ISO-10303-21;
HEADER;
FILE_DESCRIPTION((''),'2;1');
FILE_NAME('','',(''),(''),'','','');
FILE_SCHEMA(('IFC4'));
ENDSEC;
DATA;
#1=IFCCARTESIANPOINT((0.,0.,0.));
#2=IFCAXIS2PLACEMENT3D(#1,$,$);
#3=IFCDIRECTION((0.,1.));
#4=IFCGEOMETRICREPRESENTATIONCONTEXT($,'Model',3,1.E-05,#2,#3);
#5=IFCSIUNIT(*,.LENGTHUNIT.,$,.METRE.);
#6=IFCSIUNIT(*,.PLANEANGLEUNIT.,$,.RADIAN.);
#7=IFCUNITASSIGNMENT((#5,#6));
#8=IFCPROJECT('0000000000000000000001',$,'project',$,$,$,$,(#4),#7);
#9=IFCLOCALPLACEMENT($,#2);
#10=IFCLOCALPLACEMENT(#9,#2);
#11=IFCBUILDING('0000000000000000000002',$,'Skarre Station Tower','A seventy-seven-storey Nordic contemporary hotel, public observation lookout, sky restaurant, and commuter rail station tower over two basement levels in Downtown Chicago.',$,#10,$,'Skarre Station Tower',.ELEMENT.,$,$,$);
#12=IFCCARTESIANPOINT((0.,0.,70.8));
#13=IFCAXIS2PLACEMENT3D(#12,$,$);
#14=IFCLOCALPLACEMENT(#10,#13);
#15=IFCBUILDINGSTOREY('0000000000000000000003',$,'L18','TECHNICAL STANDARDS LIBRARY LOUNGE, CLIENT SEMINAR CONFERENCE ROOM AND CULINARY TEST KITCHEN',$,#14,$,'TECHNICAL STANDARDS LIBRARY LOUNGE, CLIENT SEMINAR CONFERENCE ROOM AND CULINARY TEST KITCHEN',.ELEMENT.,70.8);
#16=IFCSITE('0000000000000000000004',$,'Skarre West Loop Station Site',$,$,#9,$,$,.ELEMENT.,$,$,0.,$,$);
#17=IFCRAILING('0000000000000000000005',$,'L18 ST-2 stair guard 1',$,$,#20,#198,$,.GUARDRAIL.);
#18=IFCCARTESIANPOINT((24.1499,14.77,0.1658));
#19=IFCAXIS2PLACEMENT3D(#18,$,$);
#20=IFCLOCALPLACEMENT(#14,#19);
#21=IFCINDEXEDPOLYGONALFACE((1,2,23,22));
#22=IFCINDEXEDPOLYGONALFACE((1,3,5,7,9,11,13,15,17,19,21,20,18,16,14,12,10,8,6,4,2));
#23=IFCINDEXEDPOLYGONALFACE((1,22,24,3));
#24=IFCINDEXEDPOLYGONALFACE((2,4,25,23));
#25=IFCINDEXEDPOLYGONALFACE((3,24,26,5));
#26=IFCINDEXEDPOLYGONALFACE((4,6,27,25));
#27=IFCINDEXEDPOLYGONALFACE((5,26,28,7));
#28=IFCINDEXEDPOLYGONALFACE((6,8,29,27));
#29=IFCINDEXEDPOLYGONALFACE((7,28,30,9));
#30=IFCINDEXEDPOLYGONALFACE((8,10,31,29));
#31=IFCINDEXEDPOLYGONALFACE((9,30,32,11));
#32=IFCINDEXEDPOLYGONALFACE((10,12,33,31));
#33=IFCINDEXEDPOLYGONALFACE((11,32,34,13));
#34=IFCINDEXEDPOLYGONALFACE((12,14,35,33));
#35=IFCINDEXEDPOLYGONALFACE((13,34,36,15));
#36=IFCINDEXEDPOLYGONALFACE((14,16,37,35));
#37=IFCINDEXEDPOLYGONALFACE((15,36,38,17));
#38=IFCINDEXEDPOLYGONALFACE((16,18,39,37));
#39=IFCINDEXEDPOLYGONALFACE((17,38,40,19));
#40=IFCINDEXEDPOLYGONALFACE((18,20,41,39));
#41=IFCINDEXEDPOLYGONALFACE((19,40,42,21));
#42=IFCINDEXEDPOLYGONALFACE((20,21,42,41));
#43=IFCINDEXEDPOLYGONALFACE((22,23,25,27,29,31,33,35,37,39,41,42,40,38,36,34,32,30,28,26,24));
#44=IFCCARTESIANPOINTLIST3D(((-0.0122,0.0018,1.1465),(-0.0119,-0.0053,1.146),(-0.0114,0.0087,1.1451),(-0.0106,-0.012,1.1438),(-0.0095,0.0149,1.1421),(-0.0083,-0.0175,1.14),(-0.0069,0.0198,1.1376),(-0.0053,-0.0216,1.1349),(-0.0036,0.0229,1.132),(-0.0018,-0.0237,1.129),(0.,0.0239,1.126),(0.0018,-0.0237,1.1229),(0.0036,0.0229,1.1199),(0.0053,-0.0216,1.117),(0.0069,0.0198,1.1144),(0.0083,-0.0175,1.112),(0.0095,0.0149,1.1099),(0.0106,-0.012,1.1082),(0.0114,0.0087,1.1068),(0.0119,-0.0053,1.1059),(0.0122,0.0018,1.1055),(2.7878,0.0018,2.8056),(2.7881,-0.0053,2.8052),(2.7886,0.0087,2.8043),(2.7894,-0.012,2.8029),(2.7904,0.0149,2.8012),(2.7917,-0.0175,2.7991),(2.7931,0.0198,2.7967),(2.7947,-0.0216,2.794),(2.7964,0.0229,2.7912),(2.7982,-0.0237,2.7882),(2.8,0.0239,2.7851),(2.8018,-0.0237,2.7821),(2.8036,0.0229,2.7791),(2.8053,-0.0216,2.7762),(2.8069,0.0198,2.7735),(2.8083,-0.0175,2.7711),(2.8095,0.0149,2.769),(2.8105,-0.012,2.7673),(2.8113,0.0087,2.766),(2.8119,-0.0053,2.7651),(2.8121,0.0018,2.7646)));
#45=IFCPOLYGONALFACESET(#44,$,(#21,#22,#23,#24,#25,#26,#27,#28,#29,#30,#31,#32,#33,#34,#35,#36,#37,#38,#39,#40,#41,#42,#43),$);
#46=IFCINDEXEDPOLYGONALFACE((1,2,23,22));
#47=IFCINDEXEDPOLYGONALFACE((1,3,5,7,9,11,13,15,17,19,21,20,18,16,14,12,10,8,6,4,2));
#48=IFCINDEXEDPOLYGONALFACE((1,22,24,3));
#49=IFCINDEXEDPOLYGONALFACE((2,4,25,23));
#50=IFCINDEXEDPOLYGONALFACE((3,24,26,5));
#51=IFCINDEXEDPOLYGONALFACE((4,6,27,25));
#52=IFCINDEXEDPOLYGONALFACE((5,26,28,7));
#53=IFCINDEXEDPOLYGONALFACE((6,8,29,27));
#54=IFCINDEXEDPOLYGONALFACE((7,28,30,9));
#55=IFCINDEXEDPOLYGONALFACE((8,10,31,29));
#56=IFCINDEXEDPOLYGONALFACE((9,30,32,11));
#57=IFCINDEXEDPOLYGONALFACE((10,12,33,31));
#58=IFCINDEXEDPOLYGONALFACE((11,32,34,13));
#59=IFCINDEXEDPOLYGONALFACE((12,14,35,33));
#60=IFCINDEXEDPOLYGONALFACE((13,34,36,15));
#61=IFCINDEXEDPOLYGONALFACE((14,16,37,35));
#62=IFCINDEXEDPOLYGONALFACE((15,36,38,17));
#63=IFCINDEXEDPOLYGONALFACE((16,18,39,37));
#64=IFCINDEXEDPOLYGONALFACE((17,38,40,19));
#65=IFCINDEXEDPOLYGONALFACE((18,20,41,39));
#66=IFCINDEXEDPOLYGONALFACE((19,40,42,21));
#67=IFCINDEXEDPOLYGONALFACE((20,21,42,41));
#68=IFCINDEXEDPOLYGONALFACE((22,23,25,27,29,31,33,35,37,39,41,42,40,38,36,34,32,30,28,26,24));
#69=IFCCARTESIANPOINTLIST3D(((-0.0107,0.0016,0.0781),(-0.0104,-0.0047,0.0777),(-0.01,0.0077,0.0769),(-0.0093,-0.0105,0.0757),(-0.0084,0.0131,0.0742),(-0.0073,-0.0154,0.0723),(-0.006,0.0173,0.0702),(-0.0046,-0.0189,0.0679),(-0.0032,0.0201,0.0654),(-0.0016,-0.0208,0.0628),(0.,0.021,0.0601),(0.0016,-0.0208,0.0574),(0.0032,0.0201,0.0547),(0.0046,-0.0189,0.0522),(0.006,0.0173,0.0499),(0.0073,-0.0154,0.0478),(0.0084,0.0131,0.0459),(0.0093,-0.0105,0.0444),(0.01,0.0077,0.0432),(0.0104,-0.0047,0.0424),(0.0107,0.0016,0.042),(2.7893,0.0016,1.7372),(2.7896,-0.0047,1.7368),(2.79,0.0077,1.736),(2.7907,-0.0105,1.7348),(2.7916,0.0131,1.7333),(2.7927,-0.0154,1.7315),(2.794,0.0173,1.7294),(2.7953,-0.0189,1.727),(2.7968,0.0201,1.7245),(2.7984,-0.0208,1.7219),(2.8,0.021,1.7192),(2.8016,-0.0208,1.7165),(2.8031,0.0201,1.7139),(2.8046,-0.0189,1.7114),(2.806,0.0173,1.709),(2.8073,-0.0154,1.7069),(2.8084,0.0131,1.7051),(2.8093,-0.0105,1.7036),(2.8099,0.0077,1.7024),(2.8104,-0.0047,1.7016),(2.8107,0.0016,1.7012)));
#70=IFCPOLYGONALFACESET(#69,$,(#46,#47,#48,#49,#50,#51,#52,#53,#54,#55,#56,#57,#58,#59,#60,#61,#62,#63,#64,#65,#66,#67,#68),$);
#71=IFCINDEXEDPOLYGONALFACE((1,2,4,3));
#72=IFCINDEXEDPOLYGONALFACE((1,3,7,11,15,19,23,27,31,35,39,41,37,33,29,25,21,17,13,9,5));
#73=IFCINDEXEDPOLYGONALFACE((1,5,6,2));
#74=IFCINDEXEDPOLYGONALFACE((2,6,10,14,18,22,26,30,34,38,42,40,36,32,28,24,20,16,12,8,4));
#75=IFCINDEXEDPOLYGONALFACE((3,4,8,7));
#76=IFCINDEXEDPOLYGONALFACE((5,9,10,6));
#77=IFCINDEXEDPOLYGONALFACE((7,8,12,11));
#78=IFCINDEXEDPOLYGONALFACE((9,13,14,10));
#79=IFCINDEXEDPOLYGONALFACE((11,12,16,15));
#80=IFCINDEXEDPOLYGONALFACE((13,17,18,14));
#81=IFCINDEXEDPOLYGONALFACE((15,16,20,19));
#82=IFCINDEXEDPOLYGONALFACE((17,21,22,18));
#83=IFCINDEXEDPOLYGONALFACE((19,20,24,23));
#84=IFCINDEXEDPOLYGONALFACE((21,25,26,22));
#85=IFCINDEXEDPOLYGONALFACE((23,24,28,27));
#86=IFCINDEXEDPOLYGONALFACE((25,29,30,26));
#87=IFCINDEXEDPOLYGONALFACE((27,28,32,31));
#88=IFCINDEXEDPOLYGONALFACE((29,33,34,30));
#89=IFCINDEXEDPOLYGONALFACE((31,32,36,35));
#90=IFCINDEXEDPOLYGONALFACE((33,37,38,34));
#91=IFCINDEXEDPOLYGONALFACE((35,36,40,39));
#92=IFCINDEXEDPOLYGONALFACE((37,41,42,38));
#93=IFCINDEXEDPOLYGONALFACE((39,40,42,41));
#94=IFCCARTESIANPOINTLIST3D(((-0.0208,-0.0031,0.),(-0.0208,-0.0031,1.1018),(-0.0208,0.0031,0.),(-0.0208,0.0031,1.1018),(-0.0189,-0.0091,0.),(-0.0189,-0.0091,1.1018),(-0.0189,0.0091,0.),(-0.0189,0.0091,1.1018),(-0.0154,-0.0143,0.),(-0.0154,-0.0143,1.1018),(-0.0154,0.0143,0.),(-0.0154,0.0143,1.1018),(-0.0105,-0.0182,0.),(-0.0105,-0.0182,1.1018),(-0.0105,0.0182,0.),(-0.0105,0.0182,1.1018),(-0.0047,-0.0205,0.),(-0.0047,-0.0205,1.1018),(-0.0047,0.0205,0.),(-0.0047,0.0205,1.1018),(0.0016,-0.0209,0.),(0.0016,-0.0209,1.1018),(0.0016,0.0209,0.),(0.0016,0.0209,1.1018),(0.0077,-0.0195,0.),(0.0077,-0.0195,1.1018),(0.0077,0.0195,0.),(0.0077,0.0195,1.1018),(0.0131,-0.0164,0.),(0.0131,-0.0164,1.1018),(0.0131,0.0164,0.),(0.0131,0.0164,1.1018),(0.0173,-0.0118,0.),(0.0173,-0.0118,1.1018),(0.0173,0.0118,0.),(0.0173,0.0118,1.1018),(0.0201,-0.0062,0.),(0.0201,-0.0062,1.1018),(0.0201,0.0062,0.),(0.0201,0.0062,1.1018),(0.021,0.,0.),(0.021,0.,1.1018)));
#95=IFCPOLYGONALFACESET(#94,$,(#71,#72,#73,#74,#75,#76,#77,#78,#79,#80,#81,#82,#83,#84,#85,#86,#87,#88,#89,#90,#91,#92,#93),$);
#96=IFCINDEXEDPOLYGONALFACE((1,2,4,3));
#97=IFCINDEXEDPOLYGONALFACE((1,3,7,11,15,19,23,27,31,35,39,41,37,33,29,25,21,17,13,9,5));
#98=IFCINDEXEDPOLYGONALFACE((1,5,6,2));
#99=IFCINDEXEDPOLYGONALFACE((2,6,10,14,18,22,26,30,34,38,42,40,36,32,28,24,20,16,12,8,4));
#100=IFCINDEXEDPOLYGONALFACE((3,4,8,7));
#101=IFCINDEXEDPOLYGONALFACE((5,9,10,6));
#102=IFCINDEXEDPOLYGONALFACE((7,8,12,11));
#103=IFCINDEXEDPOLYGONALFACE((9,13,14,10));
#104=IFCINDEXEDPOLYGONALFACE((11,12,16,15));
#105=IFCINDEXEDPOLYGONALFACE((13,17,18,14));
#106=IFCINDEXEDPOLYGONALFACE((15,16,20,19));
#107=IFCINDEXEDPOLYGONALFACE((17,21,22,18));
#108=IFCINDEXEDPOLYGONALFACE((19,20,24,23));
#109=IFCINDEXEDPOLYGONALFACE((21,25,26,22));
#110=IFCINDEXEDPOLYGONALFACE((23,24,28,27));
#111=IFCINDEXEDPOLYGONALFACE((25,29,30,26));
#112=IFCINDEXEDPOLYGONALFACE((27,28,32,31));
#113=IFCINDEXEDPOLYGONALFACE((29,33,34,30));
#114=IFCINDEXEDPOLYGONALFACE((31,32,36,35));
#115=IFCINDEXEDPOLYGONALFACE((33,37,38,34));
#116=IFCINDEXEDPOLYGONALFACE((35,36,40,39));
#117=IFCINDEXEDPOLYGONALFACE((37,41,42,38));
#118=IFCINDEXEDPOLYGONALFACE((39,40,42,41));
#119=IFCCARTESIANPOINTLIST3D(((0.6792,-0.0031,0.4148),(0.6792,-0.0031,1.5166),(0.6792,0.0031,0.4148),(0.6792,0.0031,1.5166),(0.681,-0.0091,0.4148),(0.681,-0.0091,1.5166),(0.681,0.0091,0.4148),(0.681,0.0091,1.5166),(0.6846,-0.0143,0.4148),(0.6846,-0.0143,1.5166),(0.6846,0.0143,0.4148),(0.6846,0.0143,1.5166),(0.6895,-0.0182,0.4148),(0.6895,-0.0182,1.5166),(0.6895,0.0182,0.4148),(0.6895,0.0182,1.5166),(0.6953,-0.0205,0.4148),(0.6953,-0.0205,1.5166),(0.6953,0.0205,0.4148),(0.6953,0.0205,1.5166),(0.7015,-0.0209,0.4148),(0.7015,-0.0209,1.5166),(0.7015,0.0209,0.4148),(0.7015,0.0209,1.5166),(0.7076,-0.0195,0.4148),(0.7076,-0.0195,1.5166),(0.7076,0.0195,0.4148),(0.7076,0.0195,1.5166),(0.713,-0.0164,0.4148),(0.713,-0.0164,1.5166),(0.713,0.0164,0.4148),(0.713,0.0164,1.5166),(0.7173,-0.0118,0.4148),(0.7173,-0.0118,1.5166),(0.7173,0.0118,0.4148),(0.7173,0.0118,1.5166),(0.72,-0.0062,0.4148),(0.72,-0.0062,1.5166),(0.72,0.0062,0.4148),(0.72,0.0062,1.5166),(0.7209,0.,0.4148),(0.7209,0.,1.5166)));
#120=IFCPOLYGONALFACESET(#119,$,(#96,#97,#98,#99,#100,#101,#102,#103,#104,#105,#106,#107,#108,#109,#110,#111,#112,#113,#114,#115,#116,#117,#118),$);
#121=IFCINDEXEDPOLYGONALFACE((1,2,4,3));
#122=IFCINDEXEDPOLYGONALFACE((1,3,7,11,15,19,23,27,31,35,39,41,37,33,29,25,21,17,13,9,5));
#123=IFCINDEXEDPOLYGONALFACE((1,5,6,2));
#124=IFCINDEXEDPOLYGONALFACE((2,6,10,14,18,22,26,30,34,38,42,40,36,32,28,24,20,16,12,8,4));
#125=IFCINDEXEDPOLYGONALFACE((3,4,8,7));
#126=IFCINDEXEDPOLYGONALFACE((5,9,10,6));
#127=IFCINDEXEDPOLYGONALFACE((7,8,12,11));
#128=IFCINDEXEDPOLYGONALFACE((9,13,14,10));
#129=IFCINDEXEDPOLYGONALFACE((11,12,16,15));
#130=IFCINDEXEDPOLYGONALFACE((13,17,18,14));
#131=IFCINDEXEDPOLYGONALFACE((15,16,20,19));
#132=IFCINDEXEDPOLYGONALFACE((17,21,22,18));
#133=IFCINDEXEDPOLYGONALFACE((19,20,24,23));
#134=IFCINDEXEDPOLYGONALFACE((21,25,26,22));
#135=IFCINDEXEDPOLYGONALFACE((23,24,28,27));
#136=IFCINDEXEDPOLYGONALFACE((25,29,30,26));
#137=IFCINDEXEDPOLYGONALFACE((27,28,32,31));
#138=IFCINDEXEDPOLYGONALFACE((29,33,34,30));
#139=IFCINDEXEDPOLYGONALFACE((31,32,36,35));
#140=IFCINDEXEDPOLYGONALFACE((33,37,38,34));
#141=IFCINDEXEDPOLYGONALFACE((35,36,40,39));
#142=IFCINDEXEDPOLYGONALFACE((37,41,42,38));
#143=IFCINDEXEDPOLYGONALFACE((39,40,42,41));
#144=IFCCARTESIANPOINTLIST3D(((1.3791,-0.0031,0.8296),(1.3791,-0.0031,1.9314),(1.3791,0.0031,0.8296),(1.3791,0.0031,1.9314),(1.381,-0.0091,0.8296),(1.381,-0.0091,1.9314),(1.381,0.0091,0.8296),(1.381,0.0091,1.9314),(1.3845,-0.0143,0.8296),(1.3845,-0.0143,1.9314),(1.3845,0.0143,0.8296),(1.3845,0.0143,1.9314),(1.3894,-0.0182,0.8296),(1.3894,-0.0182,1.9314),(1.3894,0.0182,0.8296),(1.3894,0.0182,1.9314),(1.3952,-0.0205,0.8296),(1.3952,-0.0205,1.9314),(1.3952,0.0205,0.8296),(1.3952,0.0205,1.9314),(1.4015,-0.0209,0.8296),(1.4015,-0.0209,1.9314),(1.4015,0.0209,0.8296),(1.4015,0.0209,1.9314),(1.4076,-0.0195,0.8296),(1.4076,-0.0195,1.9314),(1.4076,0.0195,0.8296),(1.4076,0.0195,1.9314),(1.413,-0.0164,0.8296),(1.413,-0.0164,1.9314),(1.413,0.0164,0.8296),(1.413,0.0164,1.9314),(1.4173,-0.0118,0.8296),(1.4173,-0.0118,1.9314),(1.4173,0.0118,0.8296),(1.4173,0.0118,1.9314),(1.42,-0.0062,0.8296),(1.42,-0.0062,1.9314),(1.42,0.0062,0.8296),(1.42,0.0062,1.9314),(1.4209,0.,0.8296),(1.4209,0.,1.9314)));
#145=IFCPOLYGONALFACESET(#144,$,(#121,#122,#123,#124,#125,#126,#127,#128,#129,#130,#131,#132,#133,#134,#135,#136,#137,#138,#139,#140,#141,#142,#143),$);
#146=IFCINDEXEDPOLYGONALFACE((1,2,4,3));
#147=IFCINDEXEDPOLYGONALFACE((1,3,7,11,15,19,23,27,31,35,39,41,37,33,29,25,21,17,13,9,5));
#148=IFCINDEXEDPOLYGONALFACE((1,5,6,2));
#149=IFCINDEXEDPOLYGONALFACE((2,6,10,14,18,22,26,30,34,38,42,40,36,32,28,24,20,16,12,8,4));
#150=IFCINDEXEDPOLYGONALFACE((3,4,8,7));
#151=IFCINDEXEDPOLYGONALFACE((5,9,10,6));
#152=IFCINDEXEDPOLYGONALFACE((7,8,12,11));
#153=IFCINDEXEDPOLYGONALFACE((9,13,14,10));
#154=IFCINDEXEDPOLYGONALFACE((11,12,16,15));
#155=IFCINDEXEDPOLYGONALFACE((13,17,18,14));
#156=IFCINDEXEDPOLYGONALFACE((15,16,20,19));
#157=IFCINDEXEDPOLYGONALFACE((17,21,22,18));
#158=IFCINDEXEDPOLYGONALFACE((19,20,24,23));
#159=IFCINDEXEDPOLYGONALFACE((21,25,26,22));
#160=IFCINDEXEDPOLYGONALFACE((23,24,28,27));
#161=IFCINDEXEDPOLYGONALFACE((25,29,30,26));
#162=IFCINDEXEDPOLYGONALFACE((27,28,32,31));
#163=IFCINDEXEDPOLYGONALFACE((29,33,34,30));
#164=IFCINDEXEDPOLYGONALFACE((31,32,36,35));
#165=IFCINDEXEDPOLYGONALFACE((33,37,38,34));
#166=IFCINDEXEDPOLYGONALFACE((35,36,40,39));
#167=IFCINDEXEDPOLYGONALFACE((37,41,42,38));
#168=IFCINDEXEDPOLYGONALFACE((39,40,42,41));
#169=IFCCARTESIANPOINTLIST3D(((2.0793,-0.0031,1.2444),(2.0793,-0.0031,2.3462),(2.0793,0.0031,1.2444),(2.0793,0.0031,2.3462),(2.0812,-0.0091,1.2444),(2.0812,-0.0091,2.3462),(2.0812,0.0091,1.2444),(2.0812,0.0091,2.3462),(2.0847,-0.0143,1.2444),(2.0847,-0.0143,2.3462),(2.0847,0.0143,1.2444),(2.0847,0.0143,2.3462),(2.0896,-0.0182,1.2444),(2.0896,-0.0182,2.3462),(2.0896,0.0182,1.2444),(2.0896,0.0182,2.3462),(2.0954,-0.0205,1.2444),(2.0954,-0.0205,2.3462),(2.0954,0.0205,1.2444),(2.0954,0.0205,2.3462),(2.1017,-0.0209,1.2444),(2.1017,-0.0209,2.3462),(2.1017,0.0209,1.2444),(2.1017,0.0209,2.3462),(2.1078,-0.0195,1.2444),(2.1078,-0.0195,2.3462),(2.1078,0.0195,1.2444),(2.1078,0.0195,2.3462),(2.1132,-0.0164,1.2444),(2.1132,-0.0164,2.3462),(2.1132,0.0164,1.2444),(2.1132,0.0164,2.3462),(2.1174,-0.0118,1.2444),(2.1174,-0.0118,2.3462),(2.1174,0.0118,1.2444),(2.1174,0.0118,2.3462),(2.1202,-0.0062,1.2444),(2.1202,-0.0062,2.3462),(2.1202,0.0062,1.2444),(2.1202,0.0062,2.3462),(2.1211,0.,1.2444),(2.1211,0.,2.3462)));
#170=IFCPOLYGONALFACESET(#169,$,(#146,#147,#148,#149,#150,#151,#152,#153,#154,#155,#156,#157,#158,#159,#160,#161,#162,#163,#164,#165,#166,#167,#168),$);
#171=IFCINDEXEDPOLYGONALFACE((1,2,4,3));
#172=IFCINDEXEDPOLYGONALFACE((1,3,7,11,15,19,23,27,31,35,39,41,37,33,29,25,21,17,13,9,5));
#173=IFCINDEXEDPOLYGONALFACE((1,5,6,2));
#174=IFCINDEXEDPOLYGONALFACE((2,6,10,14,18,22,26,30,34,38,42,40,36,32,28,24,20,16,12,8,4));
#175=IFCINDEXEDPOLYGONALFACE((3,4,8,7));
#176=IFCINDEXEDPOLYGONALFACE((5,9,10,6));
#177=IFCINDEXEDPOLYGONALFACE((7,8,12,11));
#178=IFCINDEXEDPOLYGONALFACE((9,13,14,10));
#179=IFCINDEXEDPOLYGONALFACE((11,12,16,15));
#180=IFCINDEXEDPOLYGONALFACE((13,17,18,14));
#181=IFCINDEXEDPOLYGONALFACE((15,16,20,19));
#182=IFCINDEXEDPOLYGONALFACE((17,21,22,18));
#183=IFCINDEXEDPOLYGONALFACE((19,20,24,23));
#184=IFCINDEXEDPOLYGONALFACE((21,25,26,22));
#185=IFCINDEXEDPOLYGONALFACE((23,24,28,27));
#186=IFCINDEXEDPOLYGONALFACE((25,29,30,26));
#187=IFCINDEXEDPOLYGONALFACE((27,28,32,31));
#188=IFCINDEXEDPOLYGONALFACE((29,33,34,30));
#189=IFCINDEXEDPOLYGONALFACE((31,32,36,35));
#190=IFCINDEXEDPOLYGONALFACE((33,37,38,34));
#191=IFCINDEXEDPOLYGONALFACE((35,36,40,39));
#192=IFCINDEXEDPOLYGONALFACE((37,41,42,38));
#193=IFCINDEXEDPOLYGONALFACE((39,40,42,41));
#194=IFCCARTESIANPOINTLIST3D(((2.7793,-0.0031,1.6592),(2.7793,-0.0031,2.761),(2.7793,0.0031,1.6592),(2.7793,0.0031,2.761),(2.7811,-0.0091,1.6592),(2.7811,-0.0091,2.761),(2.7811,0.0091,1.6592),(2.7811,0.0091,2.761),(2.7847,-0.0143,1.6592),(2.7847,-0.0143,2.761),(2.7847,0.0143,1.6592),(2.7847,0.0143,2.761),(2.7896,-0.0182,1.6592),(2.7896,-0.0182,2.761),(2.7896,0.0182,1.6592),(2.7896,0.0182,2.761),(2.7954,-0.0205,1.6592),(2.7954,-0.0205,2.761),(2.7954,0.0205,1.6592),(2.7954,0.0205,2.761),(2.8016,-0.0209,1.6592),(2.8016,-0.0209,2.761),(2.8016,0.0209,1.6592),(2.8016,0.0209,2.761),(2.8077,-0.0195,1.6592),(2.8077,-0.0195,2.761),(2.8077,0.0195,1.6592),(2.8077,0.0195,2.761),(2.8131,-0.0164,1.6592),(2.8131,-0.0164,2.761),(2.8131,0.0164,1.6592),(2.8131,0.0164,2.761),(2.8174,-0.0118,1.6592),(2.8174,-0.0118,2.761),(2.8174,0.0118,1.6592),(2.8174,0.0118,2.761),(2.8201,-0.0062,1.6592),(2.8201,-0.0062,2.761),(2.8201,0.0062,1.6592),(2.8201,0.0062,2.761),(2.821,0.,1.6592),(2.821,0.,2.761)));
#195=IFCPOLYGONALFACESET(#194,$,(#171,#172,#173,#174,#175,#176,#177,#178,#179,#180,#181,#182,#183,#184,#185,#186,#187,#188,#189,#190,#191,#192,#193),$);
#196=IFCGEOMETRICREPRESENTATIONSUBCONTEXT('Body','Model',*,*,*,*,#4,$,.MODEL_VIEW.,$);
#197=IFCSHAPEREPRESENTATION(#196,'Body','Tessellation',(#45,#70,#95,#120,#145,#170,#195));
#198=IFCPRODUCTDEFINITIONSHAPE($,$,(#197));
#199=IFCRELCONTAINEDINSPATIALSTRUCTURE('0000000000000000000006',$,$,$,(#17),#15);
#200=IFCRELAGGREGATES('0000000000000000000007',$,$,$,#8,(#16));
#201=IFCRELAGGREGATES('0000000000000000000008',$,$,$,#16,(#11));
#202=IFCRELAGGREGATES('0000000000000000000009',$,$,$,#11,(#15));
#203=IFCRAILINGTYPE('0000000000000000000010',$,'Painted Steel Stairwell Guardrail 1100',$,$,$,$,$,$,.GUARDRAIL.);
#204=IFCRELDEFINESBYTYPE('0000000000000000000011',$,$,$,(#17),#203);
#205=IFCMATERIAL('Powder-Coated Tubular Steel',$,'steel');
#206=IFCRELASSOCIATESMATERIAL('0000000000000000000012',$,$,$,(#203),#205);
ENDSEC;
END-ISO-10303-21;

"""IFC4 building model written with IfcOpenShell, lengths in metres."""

from ifc_helpers import new_model, si_unit, direction, frame, origin, origin_2d, place, context, subcontext, project, spatial, circle, extrude, material, type_object, element, save


model = new_model("IFC4")

# Units and contexts
model_context = context("Model", 3, precision=1e-05, world=origin(), true_north=direction((0.0, 1.0)))
body_context = subcontext(model_context, "Body", "Model", "MODEL_VIEW")
ifc_project = project(units=[si_unit("LENGTHUNIT", "METRE"), si_unit("PLANEANGLEUNIT", "RADIAN")], contexts=[model_context])

# Site, building, storey
site_placement = place(None, origin())
site = spatial("IfcSite", under=ifc_project, at=site_placement, Name="Skarre West Loop Station Site", CompositionType="ELEMENT", RefElevation=0.0)
building_placement = place(site_placement, origin())
building = spatial("IfcBuilding", under=site, at=building_placement, Name="Skarre Station Tower", Description="A seventy-seven-storey Nordic contemporary hotel, public observation lookout, sky restaurant, and commuter rail station tower over two basement levels in Downtown Chicago.", LongName="Skarre Station Tower", CompositionType="ELEMENT")
storey_placement = place(building_placement, frame((0.0, 0.0, 70.8)))
storey = spatial("IfcBuildingStorey", under=building, at=storey_placement, Name="L18", Description="TECHNICAL STANDARDS LIBRARY LOUNGE, CLIENT SEMINAR CONFERENCE ROOM AND CULINARY TEST KITCHEN", LongName="TECHNICAL STANDARDS LIBRARY LOUNGE, CLIENT SEMINAR CONFERENCE ROOM AND CULINARY TEST KITCHEN", CompositionType="ELEMENT", Elevation=70.8)

# Railing
ifc_material_1 = material(Name="Powder-Coated Tubular Steel", Category="steel")
railing_type_1 = type_object("IfcRailingType", Name="Painted Steel Stairwell Guardrail 1100", PredefinedType="GUARDRAIL", material=ifc_material_1)
railing_1_placement = place(storey_placement, frame((24.1499, 14.77, 0.1658)))
element("IfcRailing", 1, at=railing_1_placement, inside=storey, type_object=railing_type_1, Name="L18 ST-2 stair guard 1", PredefinedType="GUARDRAIL", context=body_context, shape_type="SweptSolid", body=[
    extrude(circle(Radius=0.0239, at=origin_2d()), frame((0.0, 0.0, 1.126), z_axis=(0.860306, 0.0, 0.509778), x_axis=(0.0, 1.0, 0.0)), (0.0, 0.0, 1.0), 3.2546),
    extrude(circle(Radius=0.021, at=origin_2d()), frame((0.0, 0.0, 0.0601), z_axis=(0.860306, 0.0, 0.509778), x_axis=(0.0, 1.0, 0.0)), (0.0, 0.0, 1.0), 3.2546),
    extrude(circle(Radius=0.021, at=origin_2d()), origin(), (0.0, 0.0, 1.0), 1.1018),
    extrude(circle(Radius=0.021, at=origin_2d()), frame((0.7, 0.0, 0.4148)), (0.0, 0.0, 1.0), 1.1018),
    extrude(circle(Radius=0.021, at=origin_2d()), frame((1.3999, 0.0, 0.8296)), (0.0, 0.0, 1.0), 1.1018),
    extrude(circle(Radius=0.021, at=origin_2d()), frame((2.1001, 0.0, 1.2444)), (0.0, 0.0, 1.0), 1.1018),
    extrude(circle(Radius=0.021, at=origin_2d()), frame((2.8, 0.0, 1.6592)), (0.0, 0.0, 1.0), 1.1018),
])

save(model, "model.ifc")
